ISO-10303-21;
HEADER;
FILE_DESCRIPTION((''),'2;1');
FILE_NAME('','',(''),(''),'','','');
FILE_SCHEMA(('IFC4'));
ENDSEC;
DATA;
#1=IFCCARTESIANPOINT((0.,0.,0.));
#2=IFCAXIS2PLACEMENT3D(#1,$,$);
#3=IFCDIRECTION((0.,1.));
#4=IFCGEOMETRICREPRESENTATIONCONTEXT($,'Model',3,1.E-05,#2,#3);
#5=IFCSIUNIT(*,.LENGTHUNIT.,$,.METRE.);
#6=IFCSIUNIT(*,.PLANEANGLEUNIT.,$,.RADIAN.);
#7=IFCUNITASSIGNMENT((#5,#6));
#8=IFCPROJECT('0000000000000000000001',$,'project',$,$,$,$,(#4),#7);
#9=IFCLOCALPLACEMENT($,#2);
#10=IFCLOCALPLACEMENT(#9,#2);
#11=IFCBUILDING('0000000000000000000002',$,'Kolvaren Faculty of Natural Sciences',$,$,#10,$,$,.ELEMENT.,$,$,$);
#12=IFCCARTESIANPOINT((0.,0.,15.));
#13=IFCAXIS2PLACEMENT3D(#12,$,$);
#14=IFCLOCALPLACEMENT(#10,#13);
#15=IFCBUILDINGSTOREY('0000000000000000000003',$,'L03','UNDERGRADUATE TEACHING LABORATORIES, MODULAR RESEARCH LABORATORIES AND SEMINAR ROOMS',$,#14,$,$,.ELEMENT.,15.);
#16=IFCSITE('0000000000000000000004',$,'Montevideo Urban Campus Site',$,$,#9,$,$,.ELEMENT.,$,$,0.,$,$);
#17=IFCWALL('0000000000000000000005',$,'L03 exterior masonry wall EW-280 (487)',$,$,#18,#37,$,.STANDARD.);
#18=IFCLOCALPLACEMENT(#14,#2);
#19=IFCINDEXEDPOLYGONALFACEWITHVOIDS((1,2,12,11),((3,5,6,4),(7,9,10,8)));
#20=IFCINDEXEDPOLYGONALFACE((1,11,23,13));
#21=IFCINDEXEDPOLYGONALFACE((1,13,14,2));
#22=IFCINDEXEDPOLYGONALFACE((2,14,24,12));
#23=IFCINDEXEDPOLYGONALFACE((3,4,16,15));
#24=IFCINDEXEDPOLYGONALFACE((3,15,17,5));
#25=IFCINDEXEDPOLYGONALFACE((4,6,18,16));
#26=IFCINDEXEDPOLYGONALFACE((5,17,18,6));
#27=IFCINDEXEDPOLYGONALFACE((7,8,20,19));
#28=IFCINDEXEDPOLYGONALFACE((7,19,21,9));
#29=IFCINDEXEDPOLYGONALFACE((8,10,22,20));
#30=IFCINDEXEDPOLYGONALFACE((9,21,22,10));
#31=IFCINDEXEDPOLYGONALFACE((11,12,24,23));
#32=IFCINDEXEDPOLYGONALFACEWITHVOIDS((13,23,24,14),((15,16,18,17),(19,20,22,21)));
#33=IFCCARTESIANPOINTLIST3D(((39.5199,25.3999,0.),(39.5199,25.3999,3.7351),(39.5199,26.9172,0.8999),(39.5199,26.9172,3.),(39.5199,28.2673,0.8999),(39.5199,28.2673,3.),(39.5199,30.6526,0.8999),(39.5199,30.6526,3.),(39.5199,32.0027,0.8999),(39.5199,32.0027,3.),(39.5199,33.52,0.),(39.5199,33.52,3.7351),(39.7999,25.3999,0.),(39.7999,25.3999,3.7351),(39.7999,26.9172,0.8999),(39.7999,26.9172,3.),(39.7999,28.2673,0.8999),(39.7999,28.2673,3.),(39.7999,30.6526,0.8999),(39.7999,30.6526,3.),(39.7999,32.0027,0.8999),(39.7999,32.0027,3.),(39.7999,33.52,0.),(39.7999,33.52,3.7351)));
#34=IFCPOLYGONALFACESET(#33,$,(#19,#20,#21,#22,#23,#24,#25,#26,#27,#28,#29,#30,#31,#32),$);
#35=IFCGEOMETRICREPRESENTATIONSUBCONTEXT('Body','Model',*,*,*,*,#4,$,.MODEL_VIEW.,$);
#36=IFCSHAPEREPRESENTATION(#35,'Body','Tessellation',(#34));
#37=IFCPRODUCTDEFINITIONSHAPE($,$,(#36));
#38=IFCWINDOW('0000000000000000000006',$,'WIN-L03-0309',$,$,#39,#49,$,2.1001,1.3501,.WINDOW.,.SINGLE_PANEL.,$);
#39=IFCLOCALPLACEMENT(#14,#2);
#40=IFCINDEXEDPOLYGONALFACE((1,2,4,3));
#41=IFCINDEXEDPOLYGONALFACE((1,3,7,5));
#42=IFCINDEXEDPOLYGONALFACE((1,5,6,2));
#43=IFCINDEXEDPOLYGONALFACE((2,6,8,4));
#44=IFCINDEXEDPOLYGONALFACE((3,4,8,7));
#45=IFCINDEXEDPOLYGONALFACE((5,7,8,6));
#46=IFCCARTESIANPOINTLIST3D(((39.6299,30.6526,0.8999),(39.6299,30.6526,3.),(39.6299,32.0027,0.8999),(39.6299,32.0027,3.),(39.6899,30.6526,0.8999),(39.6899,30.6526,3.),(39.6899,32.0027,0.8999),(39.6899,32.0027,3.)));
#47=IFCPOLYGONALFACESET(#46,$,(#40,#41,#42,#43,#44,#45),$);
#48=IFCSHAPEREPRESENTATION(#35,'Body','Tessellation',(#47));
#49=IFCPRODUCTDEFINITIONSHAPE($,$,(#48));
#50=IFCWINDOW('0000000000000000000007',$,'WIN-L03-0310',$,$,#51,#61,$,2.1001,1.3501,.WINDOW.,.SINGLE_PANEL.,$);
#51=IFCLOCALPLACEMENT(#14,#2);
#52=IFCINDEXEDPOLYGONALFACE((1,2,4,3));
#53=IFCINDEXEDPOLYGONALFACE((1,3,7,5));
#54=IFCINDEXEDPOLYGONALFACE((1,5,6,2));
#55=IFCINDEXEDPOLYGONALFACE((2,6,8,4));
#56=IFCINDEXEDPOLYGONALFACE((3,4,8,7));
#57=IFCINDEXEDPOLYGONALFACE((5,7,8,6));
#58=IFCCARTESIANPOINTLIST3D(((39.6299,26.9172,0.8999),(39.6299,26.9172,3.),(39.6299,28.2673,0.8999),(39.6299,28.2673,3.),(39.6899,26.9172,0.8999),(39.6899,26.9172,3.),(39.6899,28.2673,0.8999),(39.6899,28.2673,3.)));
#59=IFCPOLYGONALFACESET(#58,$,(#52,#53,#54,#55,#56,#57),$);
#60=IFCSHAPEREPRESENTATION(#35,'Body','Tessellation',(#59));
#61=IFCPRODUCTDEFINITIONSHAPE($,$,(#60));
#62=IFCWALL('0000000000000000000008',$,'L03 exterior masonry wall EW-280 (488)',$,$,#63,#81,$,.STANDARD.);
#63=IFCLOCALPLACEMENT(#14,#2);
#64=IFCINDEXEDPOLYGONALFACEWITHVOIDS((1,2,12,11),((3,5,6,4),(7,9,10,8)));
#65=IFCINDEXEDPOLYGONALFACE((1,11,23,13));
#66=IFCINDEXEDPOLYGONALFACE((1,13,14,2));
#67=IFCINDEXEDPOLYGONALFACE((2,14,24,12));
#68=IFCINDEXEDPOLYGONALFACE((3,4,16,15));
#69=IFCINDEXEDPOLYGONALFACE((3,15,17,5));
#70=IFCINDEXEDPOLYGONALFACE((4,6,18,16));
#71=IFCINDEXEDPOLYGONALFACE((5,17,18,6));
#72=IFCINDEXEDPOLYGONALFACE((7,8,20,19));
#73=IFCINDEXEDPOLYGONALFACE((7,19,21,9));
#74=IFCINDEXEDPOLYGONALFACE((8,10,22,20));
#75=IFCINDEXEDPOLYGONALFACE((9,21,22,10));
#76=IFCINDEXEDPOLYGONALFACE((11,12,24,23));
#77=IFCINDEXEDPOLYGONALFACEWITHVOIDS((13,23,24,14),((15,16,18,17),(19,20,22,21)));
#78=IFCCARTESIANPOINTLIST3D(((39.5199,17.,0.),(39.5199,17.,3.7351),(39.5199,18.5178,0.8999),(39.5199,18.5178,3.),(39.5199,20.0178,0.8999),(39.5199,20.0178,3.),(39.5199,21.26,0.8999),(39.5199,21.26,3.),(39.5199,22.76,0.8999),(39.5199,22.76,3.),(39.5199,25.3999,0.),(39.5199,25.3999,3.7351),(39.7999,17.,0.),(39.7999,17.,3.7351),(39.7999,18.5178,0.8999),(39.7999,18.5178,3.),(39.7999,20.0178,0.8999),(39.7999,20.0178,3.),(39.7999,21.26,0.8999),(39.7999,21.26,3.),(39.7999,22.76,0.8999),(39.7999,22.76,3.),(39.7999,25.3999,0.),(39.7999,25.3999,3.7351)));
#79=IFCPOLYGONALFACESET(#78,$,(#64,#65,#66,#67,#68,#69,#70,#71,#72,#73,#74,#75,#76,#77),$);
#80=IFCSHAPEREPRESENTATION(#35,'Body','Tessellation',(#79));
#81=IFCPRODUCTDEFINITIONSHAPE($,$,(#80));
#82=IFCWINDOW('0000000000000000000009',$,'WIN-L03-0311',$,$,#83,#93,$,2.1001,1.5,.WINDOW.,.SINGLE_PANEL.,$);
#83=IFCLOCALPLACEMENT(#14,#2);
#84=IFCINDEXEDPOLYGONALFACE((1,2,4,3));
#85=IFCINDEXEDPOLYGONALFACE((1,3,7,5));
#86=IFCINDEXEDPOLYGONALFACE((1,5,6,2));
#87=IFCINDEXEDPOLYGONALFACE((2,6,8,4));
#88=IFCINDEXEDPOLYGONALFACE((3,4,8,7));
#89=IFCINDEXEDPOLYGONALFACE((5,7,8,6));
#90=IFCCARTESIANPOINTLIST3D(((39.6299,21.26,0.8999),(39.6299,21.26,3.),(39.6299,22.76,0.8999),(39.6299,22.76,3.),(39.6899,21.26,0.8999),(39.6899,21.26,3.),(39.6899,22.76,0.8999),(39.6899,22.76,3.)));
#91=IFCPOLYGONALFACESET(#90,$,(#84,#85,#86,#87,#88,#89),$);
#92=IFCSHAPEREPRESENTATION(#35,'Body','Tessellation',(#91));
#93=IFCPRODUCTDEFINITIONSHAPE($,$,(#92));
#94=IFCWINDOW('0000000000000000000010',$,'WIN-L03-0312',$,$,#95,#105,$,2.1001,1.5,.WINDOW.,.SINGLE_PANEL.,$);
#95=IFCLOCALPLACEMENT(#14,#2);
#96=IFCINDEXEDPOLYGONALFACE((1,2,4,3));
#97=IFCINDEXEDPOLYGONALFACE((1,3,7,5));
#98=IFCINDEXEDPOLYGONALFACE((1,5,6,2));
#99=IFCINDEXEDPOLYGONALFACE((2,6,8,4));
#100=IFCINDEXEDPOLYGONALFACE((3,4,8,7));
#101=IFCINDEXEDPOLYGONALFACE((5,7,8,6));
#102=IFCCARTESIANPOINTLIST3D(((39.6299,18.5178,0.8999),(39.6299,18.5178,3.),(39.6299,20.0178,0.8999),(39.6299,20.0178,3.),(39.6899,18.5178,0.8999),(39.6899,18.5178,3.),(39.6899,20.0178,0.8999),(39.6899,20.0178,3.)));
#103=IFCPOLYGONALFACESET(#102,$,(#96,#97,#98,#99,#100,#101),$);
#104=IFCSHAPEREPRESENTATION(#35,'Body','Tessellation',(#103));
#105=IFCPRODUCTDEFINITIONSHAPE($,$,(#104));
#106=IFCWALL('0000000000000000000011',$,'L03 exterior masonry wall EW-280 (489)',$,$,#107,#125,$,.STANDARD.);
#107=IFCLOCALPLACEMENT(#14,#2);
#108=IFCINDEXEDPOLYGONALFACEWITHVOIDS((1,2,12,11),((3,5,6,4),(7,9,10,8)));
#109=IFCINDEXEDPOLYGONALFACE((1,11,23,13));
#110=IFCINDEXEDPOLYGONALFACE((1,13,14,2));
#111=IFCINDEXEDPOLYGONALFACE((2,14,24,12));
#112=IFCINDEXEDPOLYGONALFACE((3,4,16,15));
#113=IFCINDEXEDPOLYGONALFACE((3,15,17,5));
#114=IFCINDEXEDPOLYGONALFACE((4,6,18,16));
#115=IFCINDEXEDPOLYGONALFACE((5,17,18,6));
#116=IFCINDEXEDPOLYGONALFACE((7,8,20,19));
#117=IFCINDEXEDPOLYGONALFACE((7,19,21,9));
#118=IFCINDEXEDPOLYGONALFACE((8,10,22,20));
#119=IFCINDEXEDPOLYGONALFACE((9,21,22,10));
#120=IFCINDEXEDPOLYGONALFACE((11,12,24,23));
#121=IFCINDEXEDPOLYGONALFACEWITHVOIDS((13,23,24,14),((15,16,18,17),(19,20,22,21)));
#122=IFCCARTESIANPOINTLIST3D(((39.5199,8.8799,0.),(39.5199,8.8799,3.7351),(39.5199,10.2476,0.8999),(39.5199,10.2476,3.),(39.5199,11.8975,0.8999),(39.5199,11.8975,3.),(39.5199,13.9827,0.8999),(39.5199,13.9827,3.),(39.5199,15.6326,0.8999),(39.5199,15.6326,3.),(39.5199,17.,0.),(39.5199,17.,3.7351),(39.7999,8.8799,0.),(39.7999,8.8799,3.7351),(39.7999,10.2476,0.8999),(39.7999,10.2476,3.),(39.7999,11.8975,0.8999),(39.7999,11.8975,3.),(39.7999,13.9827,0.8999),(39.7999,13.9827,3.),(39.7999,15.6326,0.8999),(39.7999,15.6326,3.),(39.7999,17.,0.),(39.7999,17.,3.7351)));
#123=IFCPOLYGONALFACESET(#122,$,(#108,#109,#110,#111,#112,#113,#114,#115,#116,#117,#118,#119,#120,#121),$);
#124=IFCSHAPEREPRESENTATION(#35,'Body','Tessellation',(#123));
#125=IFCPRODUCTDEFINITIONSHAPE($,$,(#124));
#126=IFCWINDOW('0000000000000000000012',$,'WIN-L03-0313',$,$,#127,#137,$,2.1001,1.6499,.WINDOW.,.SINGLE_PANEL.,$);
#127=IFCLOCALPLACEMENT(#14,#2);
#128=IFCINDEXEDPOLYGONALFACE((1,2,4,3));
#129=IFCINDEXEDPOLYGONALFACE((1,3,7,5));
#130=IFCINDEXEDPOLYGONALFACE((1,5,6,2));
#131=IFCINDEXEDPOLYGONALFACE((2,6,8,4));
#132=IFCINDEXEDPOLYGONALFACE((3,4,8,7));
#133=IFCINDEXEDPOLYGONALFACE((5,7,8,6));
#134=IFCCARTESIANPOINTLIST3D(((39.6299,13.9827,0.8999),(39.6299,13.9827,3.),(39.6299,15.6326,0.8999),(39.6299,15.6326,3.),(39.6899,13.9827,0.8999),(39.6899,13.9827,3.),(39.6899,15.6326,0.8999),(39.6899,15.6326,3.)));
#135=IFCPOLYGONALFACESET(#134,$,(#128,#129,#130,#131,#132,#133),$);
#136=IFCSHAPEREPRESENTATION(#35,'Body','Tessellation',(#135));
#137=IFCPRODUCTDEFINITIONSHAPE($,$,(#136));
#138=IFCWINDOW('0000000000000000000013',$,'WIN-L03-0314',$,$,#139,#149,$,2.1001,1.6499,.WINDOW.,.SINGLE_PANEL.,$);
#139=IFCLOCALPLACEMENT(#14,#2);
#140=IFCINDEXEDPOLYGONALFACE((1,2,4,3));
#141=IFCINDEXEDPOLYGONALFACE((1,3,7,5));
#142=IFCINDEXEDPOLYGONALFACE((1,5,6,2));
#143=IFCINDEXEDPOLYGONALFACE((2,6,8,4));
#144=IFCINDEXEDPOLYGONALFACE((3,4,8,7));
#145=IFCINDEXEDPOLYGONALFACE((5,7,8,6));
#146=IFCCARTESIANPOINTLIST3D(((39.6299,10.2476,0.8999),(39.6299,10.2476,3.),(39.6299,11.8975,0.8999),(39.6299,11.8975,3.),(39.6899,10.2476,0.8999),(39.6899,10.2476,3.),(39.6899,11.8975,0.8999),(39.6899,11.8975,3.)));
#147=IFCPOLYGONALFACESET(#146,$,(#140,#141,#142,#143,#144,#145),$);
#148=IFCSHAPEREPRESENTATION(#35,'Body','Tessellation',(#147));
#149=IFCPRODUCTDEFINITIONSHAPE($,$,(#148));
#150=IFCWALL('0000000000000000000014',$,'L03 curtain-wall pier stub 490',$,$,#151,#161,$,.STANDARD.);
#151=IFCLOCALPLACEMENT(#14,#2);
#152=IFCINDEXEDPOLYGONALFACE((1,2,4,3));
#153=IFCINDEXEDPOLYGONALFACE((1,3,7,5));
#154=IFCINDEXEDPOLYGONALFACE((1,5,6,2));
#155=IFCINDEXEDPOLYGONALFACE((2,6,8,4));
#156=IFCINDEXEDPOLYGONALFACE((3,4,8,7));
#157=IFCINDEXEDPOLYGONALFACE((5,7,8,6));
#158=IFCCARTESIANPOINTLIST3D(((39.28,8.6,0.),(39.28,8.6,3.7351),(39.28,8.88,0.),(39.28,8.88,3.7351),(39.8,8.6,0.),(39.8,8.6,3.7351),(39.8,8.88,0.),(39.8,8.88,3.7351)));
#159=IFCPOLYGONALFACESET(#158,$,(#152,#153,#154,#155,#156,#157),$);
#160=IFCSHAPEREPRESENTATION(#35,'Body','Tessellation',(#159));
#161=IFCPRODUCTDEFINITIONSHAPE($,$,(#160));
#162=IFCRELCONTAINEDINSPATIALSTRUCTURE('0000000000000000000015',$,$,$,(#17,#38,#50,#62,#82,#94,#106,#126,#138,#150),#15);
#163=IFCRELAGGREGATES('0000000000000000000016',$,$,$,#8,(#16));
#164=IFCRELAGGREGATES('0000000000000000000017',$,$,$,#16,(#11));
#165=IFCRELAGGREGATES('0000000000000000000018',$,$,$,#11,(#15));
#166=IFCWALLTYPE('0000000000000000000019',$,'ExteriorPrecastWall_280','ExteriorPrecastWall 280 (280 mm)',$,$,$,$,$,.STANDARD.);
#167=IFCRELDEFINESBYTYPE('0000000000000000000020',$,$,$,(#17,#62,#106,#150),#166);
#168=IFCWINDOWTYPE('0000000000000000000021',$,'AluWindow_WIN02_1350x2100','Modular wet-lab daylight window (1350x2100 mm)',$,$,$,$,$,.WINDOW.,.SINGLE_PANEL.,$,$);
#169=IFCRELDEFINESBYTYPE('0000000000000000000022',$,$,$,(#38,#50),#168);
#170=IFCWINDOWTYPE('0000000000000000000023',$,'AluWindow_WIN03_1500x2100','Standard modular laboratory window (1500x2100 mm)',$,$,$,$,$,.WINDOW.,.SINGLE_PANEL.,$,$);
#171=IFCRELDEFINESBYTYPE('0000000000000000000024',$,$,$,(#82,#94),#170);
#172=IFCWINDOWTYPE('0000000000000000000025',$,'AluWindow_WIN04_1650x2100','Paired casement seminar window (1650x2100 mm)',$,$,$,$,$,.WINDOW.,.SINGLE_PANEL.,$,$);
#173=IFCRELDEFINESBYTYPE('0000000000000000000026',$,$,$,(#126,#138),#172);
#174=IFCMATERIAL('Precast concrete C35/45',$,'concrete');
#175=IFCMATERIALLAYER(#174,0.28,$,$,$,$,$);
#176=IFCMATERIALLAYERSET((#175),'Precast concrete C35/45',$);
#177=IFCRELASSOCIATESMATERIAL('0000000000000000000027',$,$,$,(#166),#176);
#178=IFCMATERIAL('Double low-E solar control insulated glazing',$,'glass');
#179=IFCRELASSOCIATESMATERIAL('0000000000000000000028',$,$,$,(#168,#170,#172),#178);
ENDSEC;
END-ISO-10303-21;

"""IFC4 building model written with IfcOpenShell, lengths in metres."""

from ifc_helpers import new_model, si_unit, direction, frame, frame_2d, origin, place, context, subcontext, project, spatial, rectangle, extrude, material, layer, layer_set, type_object, element, fill, save


model = new_model("IFC4")

# Units and contexts
model_context = context("Model", 3, precision=1e-05, world=origin(), true_north=direction((0.0, 1.0)))
body_context = subcontext(model_context, "Body", "Model", "MODEL_VIEW")
ifc_project = project(units=[si_unit("LENGTHUNIT", "METRE"), si_unit("PLANEANGLEUNIT", "RADIAN")], contexts=[model_context])

# Site, building, storey
site_placement = place(None, origin())
site = spatial("IfcSite", under=ifc_project, at=site_placement, Name="Montevideo Urban Campus Site", CompositionType="ELEMENT", RefElevation=0.0)
building_placement = place(site_placement, origin())
building = spatial("IfcBuilding", under=site, at=building_placement, Name="Kolvaren Faculty of Natural Sciences", CompositionType="ELEMENT")
storey_placement = place(building_placement, frame((0.0, 0.0, 15.0)))
storey = spatial("IfcBuildingStorey", under=building, at=storey_placement, Name="L03", Description="UNDERGRADUATE TEACHING LABORATORIES, MODULAR RESEARCH LABORATORIES AND SEMINAR ROOMS", CompositionType="ELEMENT", Elevation=15.0)

# Walls, openings, windows
ifc_material_1 = material(Name="Precast concrete C35/45", Category="concrete")
ifc_layer_1 = layer(ifc_material_1, 0.28)
ifc_layer_set_1 = layer_set([ifc_layer_1], Name="Precast concrete C35/45")
wall_type_1 = type_object("IfcWallType", Name="ExteriorPrecastWall_280", Description="ExteriorPrecastWall 280 (280 mm)", PredefinedType="STANDARD", material=ifc_layer_set_1)
ifc_material_2 = material(Name="Double low-E solar control insulated glazing", Category="glass")
wall_1_placement = place(storey_placement, frame((39.6599, 33.52, 0.0), z_axis=(0.0, 0.0, 1.0), x_axis=(0.0, -1.0, 0.0)))
wall_1 = element("IfcWall", 1, at=wall_1_placement, inside=storey, type_object=wall_type_1, Name="L03 exterior masonry wall EW-280 (487)", PredefinedType="STANDARD", context=body_context, shape_type="SweptSolid", body=[
    extrude(rectangle(XDim=8.1201, YDim=0.28, at=frame_2d((4.0601, 0.0))), origin(), (0.0, 0.0, 1.0), 3.7351),
])
opening_1_placement = place(wall_1_placement, frame((1.5173, 0.0, 0.8999)))
opening_1 = element("IfcOpeningElement", 2, at=opening_1_placement, cuts=wall_1, PredefinedType="OPENING", context=body_context, shape_type="SweptSolid", body=[
    extrude(rectangle(XDim=1.3501, YDim=2.1001, at=frame_2d((0.675, 1.05))), frame((0.0, 0.1499, 0.0), z_axis=(0.0, -1.0, 0.0), x_axis=(1.0, 0.0, 0.0)), (0.0, 0.0, 1.0), 0.3),
])
opening_2_placement = place(wall_1_placement, frame((5.2527, 0.0, 0.8999)))
opening_2 = element("IfcOpeningElement", 3, at=opening_2_placement, cuts=wall_1, PredefinedType="OPENING", context=body_context, shape_type="SweptSolid", body=[
    extrude(rectangle(XDim=1.3501, YDim=2.1001, at=frame_2d((0.675, 1.05))), frame((0.0, 0.1499, 0.0), z_axis=(0.0, -1.0, 0.0), x_axis=(1.0, 0.0, 0.0)), (0.0, 0.0, 1.0), 0.3),
])
window_type_1 = type_object("IfcWindowType", Name="AluWindow_WIN02_1350x2100", Description="Modular wet-lab daylight window (1350x2100 mm)", PartitioningType="SINGLE_PANEL", PredefinedType="WINDOW", material=ifc_material_2)
window_1_placement = place(opening_1_placement, origin())
window_1 = element("IfcWindow", 4, at=window_1_placement, inside=storey, type_object=window_type_1, Name="WIN-L03-0309", OverallHeight=2.1001, OverallWidth=1.3501, PartitioningType="SINGLE_PANEL", PredefinedType="WINDOW", context=body_context, shape_type="SweptSolid", body=[
    extrude(rectangle(XDim=1.3501, YDim=2.1001, at=frame_2d((0.675, 1.05))), frame((0.0, 0.03, 0.0), z_axis=(0.0, -1.0, 0.0), x_axis=(1.0, 0.0, 0.0)), (0.0, 0.0, 1.0), 0.0601),
])
fill(opening_1, window_1)
window_2_placement = place(opening_2_placement, origin())
window_2 = element("IfcWindow", 5, at=window_2_placement, inside=storey, type_object=window_type_1, Name="WIN-L03-0310", OverallHeight=2.1001, OverallWidth=1.3501, PartitioningType="SINGLE_PANEL", PredefinedType="WINDOW", context=body_context, shape_type="SweptSolid", body=[
    extrude(rectangle(XDim=1.3501, YDim=2.1001, at=frame_2d((0.675, 1.05))), frame((0.0, 0.03, 0.0), z_axis=(0.0, -1.0, 0.0), x_axis=(1.0, 0.0, 0.0)), (0.0, 0.0, 1.0), 0.0601),
])
fill(opening_2, window_2)
wall_2_placement = place(storey_placement, frame((39.6599, 25.3999, 0.0), z_axis=(0.0, 0.0, 1.0), x_axis=(0.0, -1.0, 0.0)))
wall_2 = element("IfcWall", 6, at=wall_2_placement, inside=storey, type_object=wall_type_1, Name="L03 exterior masonry wall EW-280 (488)", PredefinedType="STANDARD", context=body_context, shape_type="SweptSolid", body=[
    extrude(rectangle(XDim=8.3999, YDim=0.28, at=frame_2d((4.2, 0.0))), origin(), (0.0, 0.0, 1.0), 3.7351),
])
opening_3_placement = place(wall_2_placement, frame((2.6399, 0.0, 0.8999)))
opening_3 = element("IfcOpeningElement", 7, at=opening_3_placement, cuts=wall_2, PredefinedType="OPENING", context=body_context, shape_type="SweptSolid", body=[
    extrude(rectangle(XDim=1.5, YDim=2.1001, at=frame_2d((0.75, 1.05))), frame((0.0, 0.1499, 0.0), z_axis=(0.0, -1.0, 0.0), x_axis=(1.0, 0.0, 0.0)), (0.0, 0.0, 1.0), 0.3),
])
opening_4_placement = place(wall_2_placement, frame((5.3821, 0.0, 0.8999)))
opening_4 = element("IfcOpeningElement", 8, at=opening_4_placement, cuts=wall_2, PredefinedType="OPENING", context=body_context, shape_type="SweptSolid", body=[
    extrude(rectangle(XDim=1.5, YDim=2.1001, at=frame_2d((0.75, 1.05))), frame((0.0, 0.1499, 0.0), z_axis=(0.0, -1.0, 0.0), x_axis=(1.0, 0.0, 0.0)), (0.0, 0.0, 1.0), 0.3),
])
window_type_2 = type_object("IfcWindowType", Name="AluWindow_WIN03_1500x2100", Description="Standard modular laboratory window (1500x2100 mm)", PartitioningType="SINGLE_PANEL", PredefinedType="WINDOW", material=ifc_material_2)
window_3_placement = place(opening_3_placement, origin())
window_3 = element("IfcWindow", 9, at=window_3_placement, inside=storey, type_object=window_type_2, Name="WIN-L03-0311", OverallHeight=2.1001, OverallWidth=1.5, PartitioningType="SINGLE_PANEL", PredefinedType="WINDOW", context=body_context, shape_type="SweptSolid", body=[
    extrude(rectangle(XDim=1.5, YDim=2.1001, at=frame_2d((0.75, 1.05))), frame((0.0, 0.03, 0.0), z_axis=(0.0, -1.0, 0.0), x_axis=(1.0, 0.0, 0.0)), (0.0, 0.0, 1.0), 0.0601),
])
fill(opening_3, window_3)
window_4_placement = place(opening_4_placement, origin())
window_4 = element("IfcWindow", 10, at=window_4_placement, inside=storey, type_object=window_type_2, Name="WIN-L03-0312", OverallHeight=2.1001, OverallWidth=1.5, PartitioningType="SINGLE_PANEL", PredefinedType="WINDOW", context=body_context, shape_type="SweptSolid", body=[
    extrude(rectangle(XDim=1.5, YDim=2.1001, at=frame_2d((0.75, 1.05))), frame((0.0, 0.03, 0.0), z_axis=(0.0, -1.0, 0.0), x_axis=(1.0, 0.0, 0.0)), (0.0, 0.0, 1.0), 0.0601),
])
fill(opening_4, window_4)
wall_3_placement = place(storey_placement, frame((39.6599, 17.0, 0.0), z_axis=(0.0, 0.0, 1.0), x_axis=(0.0, -1.0, 0.0)))
wall_3 = element("IfcWall", 11, at=wall_3_placement, inside=storey, type_object=wall_type_1, Name="L03 exterior masonry wall EW-280 (489)", PredefinedType="STANDARD", context=body_context, shape_type="SweptSolid", body=[
    extrude(rectangle(XDim=8.1201, YDim=0.28, at=frame_2d((4.0601, 0.0))), origin(), (0.0, 0.0, 1.0), 3.7351),
])
opening_5_placement = place(wall_3_placement, frame((1.3674, 0.0, 0.8999)))
opening_5 = element("IfcOpeningElement", 12, at=opening_5_placement, cuts=wall_3, PredefinedType="OPENING", context=body_context, shape_type="SweptSolid", body=[
    extrude(rectangle(XDim=1.6499, YDim=2.1001, at=frame_2d((0.825, 1.05))), frame((0.0, 0.1499, 0.0), z_axis=(0.0, -1.0, 0.0), x_axis=(1.0, 0.0, 0.0)), (0.0, 0.0, 1.0), 0.3),
])
opening_6_placement = place(wall_3_placement, frame((5.1025, 0.0, 0.8999)))
opening_6 = element("IfcOpeningElement", 13, at=opening_6_placement, cuts=wall_3, PredefinedType="OPENING", context=body_context, shape_type="SweptSolid", body=[
    extrude(rectangle(XDim=1.6499, YDim=2.1001, at=frame_2d((0.825, 1.05))), frame((0.0, 0.1499, 0.0), z_axis=(0.0, -1.0, 0.0), x_axis=(1.0, 0.0, 0.0)), (0.0, 0.0, 1.0), 0.3),
])
window_type_3 = type_object("IfcWindowType", Name="AluWindow_WIN04_1650x2100", Description="Paired casement seminar window (1650x2100 mm)", PartitioningType="SINGLE_PANEL", PredefinedType="WINDOW", material=ifc_material_2)
window_5_placement = place(opening_5_placement, origin())
window_5 = element("IfcWindow", 14, at=window_5_placement, inside=storey, type_object=window_type_3, Name="WIN-L03-0313", OverallHeight=2.1001, OverallWidth=1.6499, PartitioningType="SINGLE_PANEL", PredefinedType="WINDOW", context=body_context, shape_type="SweptSolid", body=[
    extrude(rectangle(XDim=1.6499, YDim=2.1001, at=frame_2d((0.825, 1.05))), frame((0.0, 0.03, 0.0), z_axis=(0.0, -1.0, 0.0), x_axis=(1.0, 0.0, 0.0)), (0.0, 0.0, 1.0), 0.0601),
])
fill(opening_5, window_5)
window_6_placement = place(opening_6_placement, origin())
window_6 = element("IfcWindow", 15, at=window_6_placement, inside=storey, type_object=window_type_3, Name="WIN-L03-0314", OverallHeight=2.1001, OverallWidth=1.6499, PartitioningType="SINGLE_PANEL", PredefinedType="WINDOW", context=body_context, shape_type="SweptSolid", body=[
    extrude(rectangle(XDim=1.6499, YDim=2.1001, at=frame_2d((0.825, 1.05))), frame((0.0, 0.03, 0.0), z_axis=(0.0, -1.0, 0.0), x_axis=(1.0, 0.0, 0.0)), (0.0, 0.0, 1.0), 0.0601),
])
fill(opening_6, window_6)

# Wall
wall_4_placement = place(storey_placement, frame((39.8, 8.74, 0.0), z_axis=(0.0, 0.0, 1.0), x_axis=(-1.0, 0.0, 0.0)))
element("IfcWall", 16, at=wall_4_placement, inside=storey, type_object=wall_type_1, Name="L03 curtain-wall pier stub 490", PredefinedType="STANDARD", context=body_context, shape_type="SweptSolid", body=[
    extrude(rectangle(XDim=0.52, YDim=0.28, at=frame_2d((0.26, 0.0))), origin(), (0.0, 0.0, 1.0), 3.7351),
])

save(model, "model.ifc")
